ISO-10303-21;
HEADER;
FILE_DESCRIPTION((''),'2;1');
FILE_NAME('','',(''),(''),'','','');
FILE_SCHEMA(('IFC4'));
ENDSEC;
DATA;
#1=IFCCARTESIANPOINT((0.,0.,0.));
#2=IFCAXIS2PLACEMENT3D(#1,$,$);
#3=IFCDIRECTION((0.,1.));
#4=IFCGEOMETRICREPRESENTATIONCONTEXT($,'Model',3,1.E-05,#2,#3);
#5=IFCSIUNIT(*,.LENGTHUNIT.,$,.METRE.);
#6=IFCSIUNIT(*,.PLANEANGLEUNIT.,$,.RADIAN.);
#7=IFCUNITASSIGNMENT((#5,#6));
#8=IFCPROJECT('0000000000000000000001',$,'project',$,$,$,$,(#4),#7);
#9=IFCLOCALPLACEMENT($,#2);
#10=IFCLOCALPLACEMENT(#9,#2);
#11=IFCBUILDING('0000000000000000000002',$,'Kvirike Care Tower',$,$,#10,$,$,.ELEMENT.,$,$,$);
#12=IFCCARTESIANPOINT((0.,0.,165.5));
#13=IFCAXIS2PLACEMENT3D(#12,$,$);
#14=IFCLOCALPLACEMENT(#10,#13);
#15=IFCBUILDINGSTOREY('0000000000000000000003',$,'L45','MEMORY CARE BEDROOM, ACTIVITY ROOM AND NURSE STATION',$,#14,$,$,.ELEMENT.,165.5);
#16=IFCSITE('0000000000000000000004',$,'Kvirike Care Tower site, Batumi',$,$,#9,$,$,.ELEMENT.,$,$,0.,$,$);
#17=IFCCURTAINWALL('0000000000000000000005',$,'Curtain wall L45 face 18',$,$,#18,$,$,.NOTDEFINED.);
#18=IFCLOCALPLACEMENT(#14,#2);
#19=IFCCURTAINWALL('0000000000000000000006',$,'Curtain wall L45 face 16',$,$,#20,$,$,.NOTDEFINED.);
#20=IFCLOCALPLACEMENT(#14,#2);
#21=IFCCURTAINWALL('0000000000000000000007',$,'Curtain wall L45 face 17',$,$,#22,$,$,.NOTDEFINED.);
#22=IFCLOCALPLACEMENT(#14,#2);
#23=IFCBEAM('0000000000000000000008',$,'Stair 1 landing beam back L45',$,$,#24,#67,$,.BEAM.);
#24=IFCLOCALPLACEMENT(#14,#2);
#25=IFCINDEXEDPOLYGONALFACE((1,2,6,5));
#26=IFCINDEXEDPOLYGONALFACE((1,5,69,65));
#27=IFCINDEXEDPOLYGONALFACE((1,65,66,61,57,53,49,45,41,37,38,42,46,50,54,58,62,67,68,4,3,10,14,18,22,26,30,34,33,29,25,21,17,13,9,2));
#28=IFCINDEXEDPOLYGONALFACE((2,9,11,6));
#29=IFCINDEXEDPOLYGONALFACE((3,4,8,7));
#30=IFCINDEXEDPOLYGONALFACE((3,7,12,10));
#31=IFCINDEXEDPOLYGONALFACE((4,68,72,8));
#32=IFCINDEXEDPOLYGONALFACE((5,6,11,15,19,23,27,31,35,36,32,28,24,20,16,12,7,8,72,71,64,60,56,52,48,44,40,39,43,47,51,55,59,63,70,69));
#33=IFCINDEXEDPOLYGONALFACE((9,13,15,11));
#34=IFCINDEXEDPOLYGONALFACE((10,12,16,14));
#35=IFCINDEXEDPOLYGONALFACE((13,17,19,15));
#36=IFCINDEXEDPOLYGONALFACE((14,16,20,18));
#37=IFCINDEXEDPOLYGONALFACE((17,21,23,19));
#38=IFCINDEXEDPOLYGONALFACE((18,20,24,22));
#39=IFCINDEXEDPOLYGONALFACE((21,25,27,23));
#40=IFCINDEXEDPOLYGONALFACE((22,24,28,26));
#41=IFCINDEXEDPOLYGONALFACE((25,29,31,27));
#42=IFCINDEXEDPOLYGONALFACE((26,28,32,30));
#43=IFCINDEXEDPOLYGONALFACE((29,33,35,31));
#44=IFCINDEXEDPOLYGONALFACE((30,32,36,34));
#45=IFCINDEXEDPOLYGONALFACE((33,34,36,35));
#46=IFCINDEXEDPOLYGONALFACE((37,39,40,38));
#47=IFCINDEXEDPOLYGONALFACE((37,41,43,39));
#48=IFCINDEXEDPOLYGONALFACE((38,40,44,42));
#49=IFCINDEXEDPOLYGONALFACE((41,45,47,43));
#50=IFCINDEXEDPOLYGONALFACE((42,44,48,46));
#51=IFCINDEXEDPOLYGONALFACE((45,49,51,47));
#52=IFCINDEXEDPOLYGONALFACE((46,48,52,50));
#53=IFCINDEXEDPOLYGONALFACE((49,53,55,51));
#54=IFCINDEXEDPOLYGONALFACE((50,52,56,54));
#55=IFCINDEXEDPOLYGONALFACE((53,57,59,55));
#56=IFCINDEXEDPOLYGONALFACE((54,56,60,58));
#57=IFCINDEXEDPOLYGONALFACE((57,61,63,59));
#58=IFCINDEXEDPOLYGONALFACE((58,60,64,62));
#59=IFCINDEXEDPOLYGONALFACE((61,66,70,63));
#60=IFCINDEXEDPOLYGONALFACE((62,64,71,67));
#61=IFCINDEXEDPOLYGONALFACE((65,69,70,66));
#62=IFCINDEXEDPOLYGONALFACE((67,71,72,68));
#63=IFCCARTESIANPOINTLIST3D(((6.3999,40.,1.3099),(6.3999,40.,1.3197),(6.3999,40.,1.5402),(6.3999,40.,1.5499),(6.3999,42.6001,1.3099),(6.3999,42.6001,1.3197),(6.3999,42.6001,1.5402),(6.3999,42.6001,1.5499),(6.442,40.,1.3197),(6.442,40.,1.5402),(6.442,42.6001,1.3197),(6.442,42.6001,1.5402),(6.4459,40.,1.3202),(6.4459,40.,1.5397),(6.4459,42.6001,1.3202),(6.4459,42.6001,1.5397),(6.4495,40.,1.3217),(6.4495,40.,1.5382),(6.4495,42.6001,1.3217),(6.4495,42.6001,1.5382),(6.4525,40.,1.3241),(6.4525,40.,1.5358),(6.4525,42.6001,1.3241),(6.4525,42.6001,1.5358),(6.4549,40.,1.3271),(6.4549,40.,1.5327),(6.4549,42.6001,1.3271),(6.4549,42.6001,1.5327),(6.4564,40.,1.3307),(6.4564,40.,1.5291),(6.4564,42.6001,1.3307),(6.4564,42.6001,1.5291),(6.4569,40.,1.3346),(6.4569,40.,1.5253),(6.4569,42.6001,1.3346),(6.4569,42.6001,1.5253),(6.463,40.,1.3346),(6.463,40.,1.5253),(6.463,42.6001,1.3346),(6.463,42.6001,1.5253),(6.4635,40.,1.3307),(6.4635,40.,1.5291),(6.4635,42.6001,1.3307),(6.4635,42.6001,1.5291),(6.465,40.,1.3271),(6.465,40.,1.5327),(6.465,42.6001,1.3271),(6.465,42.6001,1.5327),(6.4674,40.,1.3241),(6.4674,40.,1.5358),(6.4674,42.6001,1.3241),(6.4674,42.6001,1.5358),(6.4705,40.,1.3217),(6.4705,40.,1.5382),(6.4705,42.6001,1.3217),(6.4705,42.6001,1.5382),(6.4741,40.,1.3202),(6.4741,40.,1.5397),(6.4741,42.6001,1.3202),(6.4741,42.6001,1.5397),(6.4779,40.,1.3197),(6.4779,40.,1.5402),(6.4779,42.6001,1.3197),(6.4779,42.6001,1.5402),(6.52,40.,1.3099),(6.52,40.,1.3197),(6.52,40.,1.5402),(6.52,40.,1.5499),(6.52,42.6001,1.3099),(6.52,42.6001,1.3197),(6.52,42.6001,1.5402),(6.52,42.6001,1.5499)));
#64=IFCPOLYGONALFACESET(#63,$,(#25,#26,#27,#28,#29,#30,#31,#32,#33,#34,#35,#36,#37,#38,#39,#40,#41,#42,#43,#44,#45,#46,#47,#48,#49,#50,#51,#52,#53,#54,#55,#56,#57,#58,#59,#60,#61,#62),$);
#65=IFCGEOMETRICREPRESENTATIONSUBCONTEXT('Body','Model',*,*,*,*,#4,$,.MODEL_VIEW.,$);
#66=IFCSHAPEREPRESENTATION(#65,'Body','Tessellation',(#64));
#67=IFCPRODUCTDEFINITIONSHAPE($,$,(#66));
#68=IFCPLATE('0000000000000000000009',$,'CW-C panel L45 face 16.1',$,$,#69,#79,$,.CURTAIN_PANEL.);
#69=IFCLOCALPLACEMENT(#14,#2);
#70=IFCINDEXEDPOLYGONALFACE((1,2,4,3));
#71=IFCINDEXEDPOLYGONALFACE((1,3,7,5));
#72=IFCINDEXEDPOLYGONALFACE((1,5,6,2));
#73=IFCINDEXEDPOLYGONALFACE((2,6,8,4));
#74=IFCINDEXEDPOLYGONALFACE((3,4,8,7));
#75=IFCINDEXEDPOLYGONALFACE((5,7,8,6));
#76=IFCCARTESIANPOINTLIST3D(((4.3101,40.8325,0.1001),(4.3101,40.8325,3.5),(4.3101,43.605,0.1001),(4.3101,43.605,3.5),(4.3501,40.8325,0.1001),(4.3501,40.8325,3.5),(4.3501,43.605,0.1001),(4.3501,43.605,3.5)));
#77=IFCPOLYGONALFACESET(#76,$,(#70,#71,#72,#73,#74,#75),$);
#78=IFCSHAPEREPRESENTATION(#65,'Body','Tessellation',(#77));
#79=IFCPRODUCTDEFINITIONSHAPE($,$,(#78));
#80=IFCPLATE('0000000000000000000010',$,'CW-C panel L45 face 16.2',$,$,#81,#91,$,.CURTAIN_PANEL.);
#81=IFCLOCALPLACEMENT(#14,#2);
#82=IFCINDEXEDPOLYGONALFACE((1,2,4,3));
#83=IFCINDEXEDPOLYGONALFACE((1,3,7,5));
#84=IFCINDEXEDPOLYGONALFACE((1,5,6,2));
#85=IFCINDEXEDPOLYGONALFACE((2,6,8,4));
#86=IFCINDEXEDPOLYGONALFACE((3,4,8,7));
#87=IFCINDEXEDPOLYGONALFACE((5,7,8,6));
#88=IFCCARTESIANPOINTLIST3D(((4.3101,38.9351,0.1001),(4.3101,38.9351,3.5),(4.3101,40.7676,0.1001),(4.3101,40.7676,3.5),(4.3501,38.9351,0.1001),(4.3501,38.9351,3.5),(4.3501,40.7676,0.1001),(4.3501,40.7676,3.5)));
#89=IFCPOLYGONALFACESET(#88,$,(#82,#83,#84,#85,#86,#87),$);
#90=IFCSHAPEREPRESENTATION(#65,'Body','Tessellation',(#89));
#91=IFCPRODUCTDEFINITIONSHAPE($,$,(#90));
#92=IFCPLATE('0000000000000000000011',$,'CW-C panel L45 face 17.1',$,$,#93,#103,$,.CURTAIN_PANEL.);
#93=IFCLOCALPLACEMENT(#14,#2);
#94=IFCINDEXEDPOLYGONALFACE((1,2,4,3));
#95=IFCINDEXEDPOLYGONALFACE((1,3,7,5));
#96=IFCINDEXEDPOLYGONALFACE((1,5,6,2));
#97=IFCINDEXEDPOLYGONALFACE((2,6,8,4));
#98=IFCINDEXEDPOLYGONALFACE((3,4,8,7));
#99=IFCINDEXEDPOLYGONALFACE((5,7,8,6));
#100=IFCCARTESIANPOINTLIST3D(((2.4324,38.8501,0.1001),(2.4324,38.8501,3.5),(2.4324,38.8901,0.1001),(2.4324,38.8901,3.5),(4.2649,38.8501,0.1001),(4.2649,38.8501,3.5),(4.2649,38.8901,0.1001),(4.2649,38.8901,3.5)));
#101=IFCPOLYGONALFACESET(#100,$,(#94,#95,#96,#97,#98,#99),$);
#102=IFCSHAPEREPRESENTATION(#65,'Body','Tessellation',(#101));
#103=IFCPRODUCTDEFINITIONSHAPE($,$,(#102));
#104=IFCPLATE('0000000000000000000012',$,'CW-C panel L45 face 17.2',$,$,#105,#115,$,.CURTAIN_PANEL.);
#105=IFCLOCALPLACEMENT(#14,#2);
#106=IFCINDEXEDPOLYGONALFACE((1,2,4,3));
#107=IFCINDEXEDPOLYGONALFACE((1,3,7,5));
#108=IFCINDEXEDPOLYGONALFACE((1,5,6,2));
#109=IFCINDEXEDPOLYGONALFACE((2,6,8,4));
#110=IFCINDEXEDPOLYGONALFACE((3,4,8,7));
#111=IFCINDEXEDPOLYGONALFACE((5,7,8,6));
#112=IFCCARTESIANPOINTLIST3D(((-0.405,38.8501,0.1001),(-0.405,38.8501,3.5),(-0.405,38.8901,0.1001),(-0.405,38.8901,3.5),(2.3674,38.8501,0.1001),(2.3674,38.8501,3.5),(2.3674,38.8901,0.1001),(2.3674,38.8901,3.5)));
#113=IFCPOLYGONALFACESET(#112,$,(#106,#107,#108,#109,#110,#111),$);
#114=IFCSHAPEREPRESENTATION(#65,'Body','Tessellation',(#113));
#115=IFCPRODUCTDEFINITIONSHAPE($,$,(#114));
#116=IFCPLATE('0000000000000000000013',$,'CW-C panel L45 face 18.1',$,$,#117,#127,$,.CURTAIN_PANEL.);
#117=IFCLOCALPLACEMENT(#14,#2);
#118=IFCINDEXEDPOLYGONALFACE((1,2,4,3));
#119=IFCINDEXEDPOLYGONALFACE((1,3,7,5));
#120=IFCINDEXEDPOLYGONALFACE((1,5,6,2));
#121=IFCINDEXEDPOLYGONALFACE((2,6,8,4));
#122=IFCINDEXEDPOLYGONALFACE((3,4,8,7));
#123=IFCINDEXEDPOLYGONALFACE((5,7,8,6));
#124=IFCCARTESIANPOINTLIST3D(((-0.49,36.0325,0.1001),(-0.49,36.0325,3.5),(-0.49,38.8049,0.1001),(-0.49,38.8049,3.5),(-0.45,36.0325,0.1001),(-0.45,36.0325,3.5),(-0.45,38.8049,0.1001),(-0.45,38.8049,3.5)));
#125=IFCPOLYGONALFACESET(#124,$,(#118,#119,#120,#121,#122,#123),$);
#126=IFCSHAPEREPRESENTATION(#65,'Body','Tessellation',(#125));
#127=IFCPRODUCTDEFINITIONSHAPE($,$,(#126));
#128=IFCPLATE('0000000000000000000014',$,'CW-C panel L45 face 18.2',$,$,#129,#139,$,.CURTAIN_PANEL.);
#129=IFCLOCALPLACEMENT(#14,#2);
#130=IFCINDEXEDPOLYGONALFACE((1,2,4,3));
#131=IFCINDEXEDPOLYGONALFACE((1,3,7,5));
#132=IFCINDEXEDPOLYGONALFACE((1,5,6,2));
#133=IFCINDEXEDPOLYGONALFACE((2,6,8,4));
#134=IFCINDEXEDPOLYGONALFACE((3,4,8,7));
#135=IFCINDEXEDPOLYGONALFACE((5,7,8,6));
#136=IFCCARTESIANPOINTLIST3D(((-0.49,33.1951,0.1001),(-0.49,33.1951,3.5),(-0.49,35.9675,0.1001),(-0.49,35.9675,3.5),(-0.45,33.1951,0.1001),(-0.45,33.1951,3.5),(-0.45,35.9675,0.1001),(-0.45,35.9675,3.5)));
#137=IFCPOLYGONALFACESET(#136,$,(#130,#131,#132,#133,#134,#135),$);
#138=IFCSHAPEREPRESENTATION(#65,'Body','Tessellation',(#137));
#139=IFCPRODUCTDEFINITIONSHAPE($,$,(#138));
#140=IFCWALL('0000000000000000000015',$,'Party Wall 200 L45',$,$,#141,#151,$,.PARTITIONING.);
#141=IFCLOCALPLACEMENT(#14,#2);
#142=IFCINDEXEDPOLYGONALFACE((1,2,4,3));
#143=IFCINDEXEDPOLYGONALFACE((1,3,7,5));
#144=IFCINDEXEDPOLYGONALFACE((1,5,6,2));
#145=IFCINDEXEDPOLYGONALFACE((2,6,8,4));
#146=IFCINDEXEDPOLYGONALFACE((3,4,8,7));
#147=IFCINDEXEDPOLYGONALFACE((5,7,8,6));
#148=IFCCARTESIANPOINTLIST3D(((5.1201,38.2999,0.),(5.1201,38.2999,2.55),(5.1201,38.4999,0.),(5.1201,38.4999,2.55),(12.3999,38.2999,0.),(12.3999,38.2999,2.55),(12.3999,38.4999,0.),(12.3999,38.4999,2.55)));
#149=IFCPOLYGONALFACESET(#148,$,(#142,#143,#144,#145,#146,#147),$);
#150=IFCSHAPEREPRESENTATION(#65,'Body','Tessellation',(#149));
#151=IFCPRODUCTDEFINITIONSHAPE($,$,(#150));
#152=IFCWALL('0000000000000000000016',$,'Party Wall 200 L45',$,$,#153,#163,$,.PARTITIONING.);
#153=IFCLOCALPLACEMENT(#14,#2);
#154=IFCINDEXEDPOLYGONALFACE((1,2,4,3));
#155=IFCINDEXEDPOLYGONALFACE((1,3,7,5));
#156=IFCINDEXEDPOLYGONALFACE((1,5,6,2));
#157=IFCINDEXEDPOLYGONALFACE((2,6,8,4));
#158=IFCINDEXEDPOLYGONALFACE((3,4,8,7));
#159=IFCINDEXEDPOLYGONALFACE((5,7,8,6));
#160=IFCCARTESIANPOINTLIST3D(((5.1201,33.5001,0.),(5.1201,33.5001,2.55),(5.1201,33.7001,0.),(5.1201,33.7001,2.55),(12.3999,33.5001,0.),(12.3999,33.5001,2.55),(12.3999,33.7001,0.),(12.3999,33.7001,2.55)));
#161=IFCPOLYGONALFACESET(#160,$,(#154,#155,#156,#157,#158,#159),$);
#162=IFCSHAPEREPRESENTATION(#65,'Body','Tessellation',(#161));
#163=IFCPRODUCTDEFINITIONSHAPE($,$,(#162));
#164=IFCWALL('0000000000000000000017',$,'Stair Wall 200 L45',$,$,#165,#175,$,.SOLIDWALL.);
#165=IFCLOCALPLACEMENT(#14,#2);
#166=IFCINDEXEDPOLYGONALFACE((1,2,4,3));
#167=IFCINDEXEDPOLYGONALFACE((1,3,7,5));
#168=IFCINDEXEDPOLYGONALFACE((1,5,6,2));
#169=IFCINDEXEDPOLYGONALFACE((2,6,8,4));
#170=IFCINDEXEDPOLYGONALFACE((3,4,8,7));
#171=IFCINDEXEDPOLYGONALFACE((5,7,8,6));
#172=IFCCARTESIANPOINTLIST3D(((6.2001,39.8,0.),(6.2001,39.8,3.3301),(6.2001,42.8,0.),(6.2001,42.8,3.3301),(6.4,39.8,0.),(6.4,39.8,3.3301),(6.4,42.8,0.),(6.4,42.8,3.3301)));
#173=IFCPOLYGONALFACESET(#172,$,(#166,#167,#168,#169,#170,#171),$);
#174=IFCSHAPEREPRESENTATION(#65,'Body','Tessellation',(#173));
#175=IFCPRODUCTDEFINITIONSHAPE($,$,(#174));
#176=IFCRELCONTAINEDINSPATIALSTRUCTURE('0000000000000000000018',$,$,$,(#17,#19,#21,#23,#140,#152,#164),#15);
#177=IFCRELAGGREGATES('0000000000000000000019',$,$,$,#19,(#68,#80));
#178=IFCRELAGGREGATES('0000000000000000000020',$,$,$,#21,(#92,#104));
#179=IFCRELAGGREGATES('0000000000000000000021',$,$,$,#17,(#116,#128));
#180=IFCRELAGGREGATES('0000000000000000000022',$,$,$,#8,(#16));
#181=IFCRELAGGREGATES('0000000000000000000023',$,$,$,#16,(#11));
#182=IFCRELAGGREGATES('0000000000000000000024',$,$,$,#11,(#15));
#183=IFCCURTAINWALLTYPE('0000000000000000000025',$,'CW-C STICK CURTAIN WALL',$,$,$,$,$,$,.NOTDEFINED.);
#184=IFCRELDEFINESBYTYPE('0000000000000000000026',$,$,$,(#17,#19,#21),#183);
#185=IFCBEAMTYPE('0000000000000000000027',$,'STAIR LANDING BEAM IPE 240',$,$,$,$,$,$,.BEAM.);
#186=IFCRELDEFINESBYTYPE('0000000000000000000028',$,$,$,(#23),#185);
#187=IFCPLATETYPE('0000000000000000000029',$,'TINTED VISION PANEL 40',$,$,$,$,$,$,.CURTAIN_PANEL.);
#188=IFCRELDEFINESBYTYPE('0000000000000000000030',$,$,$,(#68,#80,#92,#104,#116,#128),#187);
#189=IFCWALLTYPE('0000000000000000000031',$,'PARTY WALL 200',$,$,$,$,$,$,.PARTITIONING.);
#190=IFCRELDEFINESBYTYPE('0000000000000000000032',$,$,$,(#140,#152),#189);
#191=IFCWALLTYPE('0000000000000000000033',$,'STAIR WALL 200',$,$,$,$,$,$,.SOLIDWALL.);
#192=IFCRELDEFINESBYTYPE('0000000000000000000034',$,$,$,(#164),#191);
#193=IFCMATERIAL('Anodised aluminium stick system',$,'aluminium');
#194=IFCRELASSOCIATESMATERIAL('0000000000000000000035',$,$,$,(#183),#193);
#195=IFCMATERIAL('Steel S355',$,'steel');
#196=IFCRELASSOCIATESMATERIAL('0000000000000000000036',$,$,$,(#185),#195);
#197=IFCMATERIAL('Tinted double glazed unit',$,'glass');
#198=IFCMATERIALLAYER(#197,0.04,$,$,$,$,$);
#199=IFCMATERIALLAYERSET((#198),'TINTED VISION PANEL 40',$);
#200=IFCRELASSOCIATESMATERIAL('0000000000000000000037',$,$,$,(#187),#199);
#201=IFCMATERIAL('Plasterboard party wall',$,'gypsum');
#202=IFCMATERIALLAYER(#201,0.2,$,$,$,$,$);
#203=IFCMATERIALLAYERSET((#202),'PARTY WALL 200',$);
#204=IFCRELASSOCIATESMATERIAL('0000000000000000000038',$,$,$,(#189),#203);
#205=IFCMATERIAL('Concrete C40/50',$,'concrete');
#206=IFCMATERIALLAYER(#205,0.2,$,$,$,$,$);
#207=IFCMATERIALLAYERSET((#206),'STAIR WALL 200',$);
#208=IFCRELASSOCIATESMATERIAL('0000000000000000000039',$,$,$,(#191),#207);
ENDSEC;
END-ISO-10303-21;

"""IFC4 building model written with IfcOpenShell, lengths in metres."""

from ifc_helpers import new_model, si_unit, direction, frame, frame_2d, origin, origin_2d, place, context, subcontext, project, spatial, rectangle, i_section, extrude, material, layer, layer_set, material_profile, profile_set, type_object, element, aggregate, save


model = new_model("IFC4")

# Units and contexts
model_context = context("Model", 3, precision=1e-05, world=origin(), true_north=direction((0.0, 1.0)))
body_context = subcontext(model_context, "Body", "Model", "MODEL_VIEW")
ifc_project = project(units=[si_unit("LENGTHUNIT", "METRE"), si_unit("PLANEANGLEUNIT", "RADIAN")], contexts=[model_context])

# Site, building, storey
site_placement = place(None, origin())
site = spatial("IfcSite", under=ifc_project, at=site_placement, Name="Kvirike Care Tower site, Batumi", CompositionType="ELEMENT", RefElevation=0.0)
building_placement = place(site_placement, origin())
building = spatial("IfcBuilding", under=site, at=building_placement, Name="Kvirike Care Tower", CompositionType="ELEMENT")
storey_placement = place(building_placement, frame((0.0, 0.0, 165.5)))
storey = spatial("IfcBuildingStorey", under=building, at=storey_placement, Name="L45", Description="MEMORY CARE BEDROOM, ACTIVITY ROOM AND NURSE STATION", CompositionType="ELEMENT", Elevation=165.5)

# Curtain wall
ifc_material_1 = material(Name="Anodised aluminium stick system", Category="aluminium")
curtain_wall_type = type_object("IfcCurtainWallType", Name="CW-C STICK CURTAIN WALL", PredefinedType="NOTDEFINED", material=ifc_material_1)
curtain_wall_1_placement = place(storey_placement, origin())
curtain_wall_1 = element("IfcCurtainWall", 1, at=curtain_wall_1_placement, inside=storey, type_object=curtain_wall_type, Name="Curtain wall L45 face 18", PredefinedType="NOTDEFINED")

# Curtain walls
curtain_wall_2_placement = place(storey_placement, origin())
curtain_wall_2 = element("IfcCurtainWall", 2, at=curtain_wall_2_placement, inside=storey, type_object=curtain_wall_type, Name="Curtain wall L45 face 16", PredefinedType="NOTDEFINED")
curtain_wall_3_placement = place(storey_placement, origin())
curtain_wall_3 = element("IfcCurtainWall", 3, at=curtain_wall_3_placement, inside=storey, type_object=curtain_wall_type, Name="Curtain wall L45 face 17", PredefinedType="NOTDEFINED")

# Beam
ifc_material_2 = material(Name="Steel S355", Category="steel")
ifc_material_profile_1 = material_profile(ifc_material_2, i_section(OverallWidth=0.1201, OverallDepth=0.24, WebThickness=0.0061, FlangeThickness=0.0098, FilletRadius=0.0149, at=origin_2d()), Name="IPE 240")
ifc_profile_set_1 = profile_set([ifc_material_profile_1], Name="Steel S355")
beam_type_1 = type_object("IfcBeamType", Name="STAIR LANDING BEAM IPE 240", PredefinedType="BEAM", material=ifc_profile_set_1)
beam_1_placement = place(storey_placement, frame((6.46, 42.6001, 1.4299), z_axis=(0.0, -1.0, 0.0), x_axis=(1.0, 0.0, 0.0)))
element("IfcBeam", 4, at=beam_1_placement, inside=storey, type_object=beam_type_1, Name="Stair 1 landing beam back L45", PredefinedType="BEAM", context=body_context, shape_type="SweptSolid", body=[
    extrude(i_section(OverallWidth=0.1201, OverallDepth=0.24, WebThickness=0.0061, FlangeThickness=0.0098, FilletRadius=0.0149, at=origin_2d()), origin(), (0.0, 0.0, 1.0), 2.6001),
])

# Plates
ifc_material_3 = material(Name="Tinted double glazed unit", Category="glass")
ifc_layer_1 = layer(ifc_material_3, 0.04)
ifc_layer_set_1 = layer_set([ifc_layer_1], Name="TINTED VISION PANEL 40")
plate_type = type_object("IfcPlateType", Name="TINTED VISION PANEL 40", PredefinedType="CURTAIN_PANEL", material=ifc_layer_set_1)
plate_1_placement = place(storey_placement, frame((4.3301, 42.2188, 0.1001), z_axis=(0.0, 0.0, 1.0), x_axis=(0.0, -1.0, 0.0)))
plate_1 = element("IfcPlate", 5, at=plate_1_placement, type_object=plate_type, Name="CW-C panel L45 face 16.1", PredefinedType="CURTAIN_PANEL", context=body_context, shape_type="SweptSolid", body=[
    extrude(rectangle(XDim=2.7725, YDim=0.04, at=origin_2d()), origin(), (0.0, 0.0, 1.0), 3.3999),
])
plate_2_placement = place(storey_placement, frame((4.3301, 39.8513, 0.1001), z_axis=(0.0, 0.0, 1.0), x_axis=(0.0, -1.0, 0.0)))
plate_2 = element("IfcPlate", 6, at=plate_2_placement, type_object=plate_type, Name="CW-C panel L45 face 16.2", PredefinedType="CURTAIN_PANEL", context=body_context, shape_type="SweptSolid", body=[
    extrude(rectangle(XDim=1.8325, YDim=0.04, at=origin_2d()), origin(), (0.0, 0.0, 1.0), 3.3999),
])
aggregate(curtain_wall_2, [plate_1, plate_2])
plate_3_placement = place(storey_placement, frame((3.3486, 38.8701, 0.1001), z_axis=(0.0, 0.0, 1.0), x_axis=(-1.0, 0.0, 0.0)))
plate_3 = element("IfcPlate", 7, at=plate_3_placement, type_object=plate_type, Name="CW-C panel L45 face 17.1", PredefinedType="CURTAIN_PANEL", context=body_context, shape_type="SweptSolid", body=[
    extrude(rectangle(XDim=1.8325, YDim=0.04, at=origin_2d()), origin(), (0.0, 0.0, 1.0), 3.3999),
])
plate_4_placement = place(storey_placement, frame((0.9812, 38.8701, 0.1001), z_axis=(0.0, 0.0, 1.0), x_axis=(-1.0, 0.0, 0.0)))
plate_4 = element("IfcPlate", 8, at=plate_4_placement, type_object=plate_type, Name="CW-C panel L45 face 17.2", PredefinedType="CURTAIN_PANEL", context=body_context, shape_type="SweptSolid", body=[
    extrude(rectangle(XDim=2.7725, YDim=0.04, at=origin_2d()), origin(), (0.0, 0.0, 1.0), 3.3999),
])
aggregate(curtain_wall_3, [plate_3, plate_4])
plate_5_placement = place(storey_placement, frame((-0.47, 37.4187, 0.1001), z_axis=(0.0, 0.0, 1.0), x_axis=(0.0, -1.0, 0.0)))
plate_5 = element("IfcPlate", 9, at=plate_5_placement, type_object=plate_type, Name="CW-C panel L45 face 18.1", PredefinedType="CURTAIN_PANEL", context=body_context, shape_type="SweptSolid", body=[
    extrude(rectangle(XDim=2.7725, YDim=0.04, at=origin_2d()), origin(), (0.0, 0.0, 1.0), 3.3999),
])
plate_6_placement = place(storey_placement, frame((-0.47, 34.5813, 0.1001), z_axis=(0.0, 0.0, 1.0), x_axis=(0.0, -1.0, 0.0)))
plate_6 = element("IfcPlate", 10, at=plate_6_placement, type_object=plate_type, Name="CW-C panel L45 face 18.2", PredefinedType="CURTAIN_PANEL", context=body_context, shape_type="SweptSolid", body=[
    extrude(rectangle(XDim=2.7725, YDim=0.04, at=origin_2d()), origin(), (0.0, 0.0, 1.0), 3.3999),
])
aggregate(curtain_wall_1, [plate_5, plate_6])

# Walls
ifc_material_4 = material(Name="Plasterboard party wall", Category="gypsum")
ifc_layer_2 = layer(ifc_material_4, 0.2)
ifc_layer_set_2 = layer_set([ifc_layer_2], Name="PARTY WALL 200")
wall_type_1 = type_object("IfcWallType", Name="PARTY WALL 200", PredefinedType="PARTITIONING", material=ifc_layer_set_2)
for number, where, z_axis, x_axis, name in (
    (11, (5.1201, 38.3999, 0.0), (0.0, 0.0, 1.0), (1.0, 0.0, 0.0), "Party Wall 200 L45"),
    (12, (5.1201, 33.6001, 0.0), (0.0, 0.0, 1.0), (1.0, 0.0, 0.0), "Party Wall 200 L45"),
):
    element("IfcWall", number, at=place(storey_placement, frame(where, z_axis=z_axis, x_axis=x_axis)), inside=storey, type_object=wall_type_1, Name=name, PredefinedType="PARTITIONING", context=body_context, shape_type="SweptSolid", body=[
        extrude(rectangle(XDim=7.2798, YDim=0.2, at=frame_2d((3.6399, 0.0))), origin(), (0.0, 0.0, 1.0), 2.55),
    ])
ifc_material_5 = material(Name="Concrete C40/50", Category="concrete")
ifc_layer_3 = layer(ifc_material_5, 0.2)
ifc_layer_set_3 = layer_set([ifc_layer_3], Name="STAIR WALL 200")
wall_type_2 = type_object("IfcWallType", Name="STAIR WALL 200", PredefinedType="SOLIDWALL", material=ifc_layer_set_3)
wall_placement = place(storey_placement, frame((6.3, 42.8, 0.0), z_axis=(0.0, 0.0, 1.0), x_axis=(0.0, -1.0, 0.0)))
element("IfcWall", 13, at=wall_placement, inside=storey, type_object=wall_type_2, Name="Stair Wall 200 L45", PredefinedType="SOLIDWALL", context=body_context, shape_type="SweptSolid", body=[
    extrude(rectangle(XDim=3.0, YDim=0.2, at=frame_2d((1.5, 0.0))), origin(), (0.0, 0.0, 1.0), 3.3301),
])

save(model, "model.ifc")
